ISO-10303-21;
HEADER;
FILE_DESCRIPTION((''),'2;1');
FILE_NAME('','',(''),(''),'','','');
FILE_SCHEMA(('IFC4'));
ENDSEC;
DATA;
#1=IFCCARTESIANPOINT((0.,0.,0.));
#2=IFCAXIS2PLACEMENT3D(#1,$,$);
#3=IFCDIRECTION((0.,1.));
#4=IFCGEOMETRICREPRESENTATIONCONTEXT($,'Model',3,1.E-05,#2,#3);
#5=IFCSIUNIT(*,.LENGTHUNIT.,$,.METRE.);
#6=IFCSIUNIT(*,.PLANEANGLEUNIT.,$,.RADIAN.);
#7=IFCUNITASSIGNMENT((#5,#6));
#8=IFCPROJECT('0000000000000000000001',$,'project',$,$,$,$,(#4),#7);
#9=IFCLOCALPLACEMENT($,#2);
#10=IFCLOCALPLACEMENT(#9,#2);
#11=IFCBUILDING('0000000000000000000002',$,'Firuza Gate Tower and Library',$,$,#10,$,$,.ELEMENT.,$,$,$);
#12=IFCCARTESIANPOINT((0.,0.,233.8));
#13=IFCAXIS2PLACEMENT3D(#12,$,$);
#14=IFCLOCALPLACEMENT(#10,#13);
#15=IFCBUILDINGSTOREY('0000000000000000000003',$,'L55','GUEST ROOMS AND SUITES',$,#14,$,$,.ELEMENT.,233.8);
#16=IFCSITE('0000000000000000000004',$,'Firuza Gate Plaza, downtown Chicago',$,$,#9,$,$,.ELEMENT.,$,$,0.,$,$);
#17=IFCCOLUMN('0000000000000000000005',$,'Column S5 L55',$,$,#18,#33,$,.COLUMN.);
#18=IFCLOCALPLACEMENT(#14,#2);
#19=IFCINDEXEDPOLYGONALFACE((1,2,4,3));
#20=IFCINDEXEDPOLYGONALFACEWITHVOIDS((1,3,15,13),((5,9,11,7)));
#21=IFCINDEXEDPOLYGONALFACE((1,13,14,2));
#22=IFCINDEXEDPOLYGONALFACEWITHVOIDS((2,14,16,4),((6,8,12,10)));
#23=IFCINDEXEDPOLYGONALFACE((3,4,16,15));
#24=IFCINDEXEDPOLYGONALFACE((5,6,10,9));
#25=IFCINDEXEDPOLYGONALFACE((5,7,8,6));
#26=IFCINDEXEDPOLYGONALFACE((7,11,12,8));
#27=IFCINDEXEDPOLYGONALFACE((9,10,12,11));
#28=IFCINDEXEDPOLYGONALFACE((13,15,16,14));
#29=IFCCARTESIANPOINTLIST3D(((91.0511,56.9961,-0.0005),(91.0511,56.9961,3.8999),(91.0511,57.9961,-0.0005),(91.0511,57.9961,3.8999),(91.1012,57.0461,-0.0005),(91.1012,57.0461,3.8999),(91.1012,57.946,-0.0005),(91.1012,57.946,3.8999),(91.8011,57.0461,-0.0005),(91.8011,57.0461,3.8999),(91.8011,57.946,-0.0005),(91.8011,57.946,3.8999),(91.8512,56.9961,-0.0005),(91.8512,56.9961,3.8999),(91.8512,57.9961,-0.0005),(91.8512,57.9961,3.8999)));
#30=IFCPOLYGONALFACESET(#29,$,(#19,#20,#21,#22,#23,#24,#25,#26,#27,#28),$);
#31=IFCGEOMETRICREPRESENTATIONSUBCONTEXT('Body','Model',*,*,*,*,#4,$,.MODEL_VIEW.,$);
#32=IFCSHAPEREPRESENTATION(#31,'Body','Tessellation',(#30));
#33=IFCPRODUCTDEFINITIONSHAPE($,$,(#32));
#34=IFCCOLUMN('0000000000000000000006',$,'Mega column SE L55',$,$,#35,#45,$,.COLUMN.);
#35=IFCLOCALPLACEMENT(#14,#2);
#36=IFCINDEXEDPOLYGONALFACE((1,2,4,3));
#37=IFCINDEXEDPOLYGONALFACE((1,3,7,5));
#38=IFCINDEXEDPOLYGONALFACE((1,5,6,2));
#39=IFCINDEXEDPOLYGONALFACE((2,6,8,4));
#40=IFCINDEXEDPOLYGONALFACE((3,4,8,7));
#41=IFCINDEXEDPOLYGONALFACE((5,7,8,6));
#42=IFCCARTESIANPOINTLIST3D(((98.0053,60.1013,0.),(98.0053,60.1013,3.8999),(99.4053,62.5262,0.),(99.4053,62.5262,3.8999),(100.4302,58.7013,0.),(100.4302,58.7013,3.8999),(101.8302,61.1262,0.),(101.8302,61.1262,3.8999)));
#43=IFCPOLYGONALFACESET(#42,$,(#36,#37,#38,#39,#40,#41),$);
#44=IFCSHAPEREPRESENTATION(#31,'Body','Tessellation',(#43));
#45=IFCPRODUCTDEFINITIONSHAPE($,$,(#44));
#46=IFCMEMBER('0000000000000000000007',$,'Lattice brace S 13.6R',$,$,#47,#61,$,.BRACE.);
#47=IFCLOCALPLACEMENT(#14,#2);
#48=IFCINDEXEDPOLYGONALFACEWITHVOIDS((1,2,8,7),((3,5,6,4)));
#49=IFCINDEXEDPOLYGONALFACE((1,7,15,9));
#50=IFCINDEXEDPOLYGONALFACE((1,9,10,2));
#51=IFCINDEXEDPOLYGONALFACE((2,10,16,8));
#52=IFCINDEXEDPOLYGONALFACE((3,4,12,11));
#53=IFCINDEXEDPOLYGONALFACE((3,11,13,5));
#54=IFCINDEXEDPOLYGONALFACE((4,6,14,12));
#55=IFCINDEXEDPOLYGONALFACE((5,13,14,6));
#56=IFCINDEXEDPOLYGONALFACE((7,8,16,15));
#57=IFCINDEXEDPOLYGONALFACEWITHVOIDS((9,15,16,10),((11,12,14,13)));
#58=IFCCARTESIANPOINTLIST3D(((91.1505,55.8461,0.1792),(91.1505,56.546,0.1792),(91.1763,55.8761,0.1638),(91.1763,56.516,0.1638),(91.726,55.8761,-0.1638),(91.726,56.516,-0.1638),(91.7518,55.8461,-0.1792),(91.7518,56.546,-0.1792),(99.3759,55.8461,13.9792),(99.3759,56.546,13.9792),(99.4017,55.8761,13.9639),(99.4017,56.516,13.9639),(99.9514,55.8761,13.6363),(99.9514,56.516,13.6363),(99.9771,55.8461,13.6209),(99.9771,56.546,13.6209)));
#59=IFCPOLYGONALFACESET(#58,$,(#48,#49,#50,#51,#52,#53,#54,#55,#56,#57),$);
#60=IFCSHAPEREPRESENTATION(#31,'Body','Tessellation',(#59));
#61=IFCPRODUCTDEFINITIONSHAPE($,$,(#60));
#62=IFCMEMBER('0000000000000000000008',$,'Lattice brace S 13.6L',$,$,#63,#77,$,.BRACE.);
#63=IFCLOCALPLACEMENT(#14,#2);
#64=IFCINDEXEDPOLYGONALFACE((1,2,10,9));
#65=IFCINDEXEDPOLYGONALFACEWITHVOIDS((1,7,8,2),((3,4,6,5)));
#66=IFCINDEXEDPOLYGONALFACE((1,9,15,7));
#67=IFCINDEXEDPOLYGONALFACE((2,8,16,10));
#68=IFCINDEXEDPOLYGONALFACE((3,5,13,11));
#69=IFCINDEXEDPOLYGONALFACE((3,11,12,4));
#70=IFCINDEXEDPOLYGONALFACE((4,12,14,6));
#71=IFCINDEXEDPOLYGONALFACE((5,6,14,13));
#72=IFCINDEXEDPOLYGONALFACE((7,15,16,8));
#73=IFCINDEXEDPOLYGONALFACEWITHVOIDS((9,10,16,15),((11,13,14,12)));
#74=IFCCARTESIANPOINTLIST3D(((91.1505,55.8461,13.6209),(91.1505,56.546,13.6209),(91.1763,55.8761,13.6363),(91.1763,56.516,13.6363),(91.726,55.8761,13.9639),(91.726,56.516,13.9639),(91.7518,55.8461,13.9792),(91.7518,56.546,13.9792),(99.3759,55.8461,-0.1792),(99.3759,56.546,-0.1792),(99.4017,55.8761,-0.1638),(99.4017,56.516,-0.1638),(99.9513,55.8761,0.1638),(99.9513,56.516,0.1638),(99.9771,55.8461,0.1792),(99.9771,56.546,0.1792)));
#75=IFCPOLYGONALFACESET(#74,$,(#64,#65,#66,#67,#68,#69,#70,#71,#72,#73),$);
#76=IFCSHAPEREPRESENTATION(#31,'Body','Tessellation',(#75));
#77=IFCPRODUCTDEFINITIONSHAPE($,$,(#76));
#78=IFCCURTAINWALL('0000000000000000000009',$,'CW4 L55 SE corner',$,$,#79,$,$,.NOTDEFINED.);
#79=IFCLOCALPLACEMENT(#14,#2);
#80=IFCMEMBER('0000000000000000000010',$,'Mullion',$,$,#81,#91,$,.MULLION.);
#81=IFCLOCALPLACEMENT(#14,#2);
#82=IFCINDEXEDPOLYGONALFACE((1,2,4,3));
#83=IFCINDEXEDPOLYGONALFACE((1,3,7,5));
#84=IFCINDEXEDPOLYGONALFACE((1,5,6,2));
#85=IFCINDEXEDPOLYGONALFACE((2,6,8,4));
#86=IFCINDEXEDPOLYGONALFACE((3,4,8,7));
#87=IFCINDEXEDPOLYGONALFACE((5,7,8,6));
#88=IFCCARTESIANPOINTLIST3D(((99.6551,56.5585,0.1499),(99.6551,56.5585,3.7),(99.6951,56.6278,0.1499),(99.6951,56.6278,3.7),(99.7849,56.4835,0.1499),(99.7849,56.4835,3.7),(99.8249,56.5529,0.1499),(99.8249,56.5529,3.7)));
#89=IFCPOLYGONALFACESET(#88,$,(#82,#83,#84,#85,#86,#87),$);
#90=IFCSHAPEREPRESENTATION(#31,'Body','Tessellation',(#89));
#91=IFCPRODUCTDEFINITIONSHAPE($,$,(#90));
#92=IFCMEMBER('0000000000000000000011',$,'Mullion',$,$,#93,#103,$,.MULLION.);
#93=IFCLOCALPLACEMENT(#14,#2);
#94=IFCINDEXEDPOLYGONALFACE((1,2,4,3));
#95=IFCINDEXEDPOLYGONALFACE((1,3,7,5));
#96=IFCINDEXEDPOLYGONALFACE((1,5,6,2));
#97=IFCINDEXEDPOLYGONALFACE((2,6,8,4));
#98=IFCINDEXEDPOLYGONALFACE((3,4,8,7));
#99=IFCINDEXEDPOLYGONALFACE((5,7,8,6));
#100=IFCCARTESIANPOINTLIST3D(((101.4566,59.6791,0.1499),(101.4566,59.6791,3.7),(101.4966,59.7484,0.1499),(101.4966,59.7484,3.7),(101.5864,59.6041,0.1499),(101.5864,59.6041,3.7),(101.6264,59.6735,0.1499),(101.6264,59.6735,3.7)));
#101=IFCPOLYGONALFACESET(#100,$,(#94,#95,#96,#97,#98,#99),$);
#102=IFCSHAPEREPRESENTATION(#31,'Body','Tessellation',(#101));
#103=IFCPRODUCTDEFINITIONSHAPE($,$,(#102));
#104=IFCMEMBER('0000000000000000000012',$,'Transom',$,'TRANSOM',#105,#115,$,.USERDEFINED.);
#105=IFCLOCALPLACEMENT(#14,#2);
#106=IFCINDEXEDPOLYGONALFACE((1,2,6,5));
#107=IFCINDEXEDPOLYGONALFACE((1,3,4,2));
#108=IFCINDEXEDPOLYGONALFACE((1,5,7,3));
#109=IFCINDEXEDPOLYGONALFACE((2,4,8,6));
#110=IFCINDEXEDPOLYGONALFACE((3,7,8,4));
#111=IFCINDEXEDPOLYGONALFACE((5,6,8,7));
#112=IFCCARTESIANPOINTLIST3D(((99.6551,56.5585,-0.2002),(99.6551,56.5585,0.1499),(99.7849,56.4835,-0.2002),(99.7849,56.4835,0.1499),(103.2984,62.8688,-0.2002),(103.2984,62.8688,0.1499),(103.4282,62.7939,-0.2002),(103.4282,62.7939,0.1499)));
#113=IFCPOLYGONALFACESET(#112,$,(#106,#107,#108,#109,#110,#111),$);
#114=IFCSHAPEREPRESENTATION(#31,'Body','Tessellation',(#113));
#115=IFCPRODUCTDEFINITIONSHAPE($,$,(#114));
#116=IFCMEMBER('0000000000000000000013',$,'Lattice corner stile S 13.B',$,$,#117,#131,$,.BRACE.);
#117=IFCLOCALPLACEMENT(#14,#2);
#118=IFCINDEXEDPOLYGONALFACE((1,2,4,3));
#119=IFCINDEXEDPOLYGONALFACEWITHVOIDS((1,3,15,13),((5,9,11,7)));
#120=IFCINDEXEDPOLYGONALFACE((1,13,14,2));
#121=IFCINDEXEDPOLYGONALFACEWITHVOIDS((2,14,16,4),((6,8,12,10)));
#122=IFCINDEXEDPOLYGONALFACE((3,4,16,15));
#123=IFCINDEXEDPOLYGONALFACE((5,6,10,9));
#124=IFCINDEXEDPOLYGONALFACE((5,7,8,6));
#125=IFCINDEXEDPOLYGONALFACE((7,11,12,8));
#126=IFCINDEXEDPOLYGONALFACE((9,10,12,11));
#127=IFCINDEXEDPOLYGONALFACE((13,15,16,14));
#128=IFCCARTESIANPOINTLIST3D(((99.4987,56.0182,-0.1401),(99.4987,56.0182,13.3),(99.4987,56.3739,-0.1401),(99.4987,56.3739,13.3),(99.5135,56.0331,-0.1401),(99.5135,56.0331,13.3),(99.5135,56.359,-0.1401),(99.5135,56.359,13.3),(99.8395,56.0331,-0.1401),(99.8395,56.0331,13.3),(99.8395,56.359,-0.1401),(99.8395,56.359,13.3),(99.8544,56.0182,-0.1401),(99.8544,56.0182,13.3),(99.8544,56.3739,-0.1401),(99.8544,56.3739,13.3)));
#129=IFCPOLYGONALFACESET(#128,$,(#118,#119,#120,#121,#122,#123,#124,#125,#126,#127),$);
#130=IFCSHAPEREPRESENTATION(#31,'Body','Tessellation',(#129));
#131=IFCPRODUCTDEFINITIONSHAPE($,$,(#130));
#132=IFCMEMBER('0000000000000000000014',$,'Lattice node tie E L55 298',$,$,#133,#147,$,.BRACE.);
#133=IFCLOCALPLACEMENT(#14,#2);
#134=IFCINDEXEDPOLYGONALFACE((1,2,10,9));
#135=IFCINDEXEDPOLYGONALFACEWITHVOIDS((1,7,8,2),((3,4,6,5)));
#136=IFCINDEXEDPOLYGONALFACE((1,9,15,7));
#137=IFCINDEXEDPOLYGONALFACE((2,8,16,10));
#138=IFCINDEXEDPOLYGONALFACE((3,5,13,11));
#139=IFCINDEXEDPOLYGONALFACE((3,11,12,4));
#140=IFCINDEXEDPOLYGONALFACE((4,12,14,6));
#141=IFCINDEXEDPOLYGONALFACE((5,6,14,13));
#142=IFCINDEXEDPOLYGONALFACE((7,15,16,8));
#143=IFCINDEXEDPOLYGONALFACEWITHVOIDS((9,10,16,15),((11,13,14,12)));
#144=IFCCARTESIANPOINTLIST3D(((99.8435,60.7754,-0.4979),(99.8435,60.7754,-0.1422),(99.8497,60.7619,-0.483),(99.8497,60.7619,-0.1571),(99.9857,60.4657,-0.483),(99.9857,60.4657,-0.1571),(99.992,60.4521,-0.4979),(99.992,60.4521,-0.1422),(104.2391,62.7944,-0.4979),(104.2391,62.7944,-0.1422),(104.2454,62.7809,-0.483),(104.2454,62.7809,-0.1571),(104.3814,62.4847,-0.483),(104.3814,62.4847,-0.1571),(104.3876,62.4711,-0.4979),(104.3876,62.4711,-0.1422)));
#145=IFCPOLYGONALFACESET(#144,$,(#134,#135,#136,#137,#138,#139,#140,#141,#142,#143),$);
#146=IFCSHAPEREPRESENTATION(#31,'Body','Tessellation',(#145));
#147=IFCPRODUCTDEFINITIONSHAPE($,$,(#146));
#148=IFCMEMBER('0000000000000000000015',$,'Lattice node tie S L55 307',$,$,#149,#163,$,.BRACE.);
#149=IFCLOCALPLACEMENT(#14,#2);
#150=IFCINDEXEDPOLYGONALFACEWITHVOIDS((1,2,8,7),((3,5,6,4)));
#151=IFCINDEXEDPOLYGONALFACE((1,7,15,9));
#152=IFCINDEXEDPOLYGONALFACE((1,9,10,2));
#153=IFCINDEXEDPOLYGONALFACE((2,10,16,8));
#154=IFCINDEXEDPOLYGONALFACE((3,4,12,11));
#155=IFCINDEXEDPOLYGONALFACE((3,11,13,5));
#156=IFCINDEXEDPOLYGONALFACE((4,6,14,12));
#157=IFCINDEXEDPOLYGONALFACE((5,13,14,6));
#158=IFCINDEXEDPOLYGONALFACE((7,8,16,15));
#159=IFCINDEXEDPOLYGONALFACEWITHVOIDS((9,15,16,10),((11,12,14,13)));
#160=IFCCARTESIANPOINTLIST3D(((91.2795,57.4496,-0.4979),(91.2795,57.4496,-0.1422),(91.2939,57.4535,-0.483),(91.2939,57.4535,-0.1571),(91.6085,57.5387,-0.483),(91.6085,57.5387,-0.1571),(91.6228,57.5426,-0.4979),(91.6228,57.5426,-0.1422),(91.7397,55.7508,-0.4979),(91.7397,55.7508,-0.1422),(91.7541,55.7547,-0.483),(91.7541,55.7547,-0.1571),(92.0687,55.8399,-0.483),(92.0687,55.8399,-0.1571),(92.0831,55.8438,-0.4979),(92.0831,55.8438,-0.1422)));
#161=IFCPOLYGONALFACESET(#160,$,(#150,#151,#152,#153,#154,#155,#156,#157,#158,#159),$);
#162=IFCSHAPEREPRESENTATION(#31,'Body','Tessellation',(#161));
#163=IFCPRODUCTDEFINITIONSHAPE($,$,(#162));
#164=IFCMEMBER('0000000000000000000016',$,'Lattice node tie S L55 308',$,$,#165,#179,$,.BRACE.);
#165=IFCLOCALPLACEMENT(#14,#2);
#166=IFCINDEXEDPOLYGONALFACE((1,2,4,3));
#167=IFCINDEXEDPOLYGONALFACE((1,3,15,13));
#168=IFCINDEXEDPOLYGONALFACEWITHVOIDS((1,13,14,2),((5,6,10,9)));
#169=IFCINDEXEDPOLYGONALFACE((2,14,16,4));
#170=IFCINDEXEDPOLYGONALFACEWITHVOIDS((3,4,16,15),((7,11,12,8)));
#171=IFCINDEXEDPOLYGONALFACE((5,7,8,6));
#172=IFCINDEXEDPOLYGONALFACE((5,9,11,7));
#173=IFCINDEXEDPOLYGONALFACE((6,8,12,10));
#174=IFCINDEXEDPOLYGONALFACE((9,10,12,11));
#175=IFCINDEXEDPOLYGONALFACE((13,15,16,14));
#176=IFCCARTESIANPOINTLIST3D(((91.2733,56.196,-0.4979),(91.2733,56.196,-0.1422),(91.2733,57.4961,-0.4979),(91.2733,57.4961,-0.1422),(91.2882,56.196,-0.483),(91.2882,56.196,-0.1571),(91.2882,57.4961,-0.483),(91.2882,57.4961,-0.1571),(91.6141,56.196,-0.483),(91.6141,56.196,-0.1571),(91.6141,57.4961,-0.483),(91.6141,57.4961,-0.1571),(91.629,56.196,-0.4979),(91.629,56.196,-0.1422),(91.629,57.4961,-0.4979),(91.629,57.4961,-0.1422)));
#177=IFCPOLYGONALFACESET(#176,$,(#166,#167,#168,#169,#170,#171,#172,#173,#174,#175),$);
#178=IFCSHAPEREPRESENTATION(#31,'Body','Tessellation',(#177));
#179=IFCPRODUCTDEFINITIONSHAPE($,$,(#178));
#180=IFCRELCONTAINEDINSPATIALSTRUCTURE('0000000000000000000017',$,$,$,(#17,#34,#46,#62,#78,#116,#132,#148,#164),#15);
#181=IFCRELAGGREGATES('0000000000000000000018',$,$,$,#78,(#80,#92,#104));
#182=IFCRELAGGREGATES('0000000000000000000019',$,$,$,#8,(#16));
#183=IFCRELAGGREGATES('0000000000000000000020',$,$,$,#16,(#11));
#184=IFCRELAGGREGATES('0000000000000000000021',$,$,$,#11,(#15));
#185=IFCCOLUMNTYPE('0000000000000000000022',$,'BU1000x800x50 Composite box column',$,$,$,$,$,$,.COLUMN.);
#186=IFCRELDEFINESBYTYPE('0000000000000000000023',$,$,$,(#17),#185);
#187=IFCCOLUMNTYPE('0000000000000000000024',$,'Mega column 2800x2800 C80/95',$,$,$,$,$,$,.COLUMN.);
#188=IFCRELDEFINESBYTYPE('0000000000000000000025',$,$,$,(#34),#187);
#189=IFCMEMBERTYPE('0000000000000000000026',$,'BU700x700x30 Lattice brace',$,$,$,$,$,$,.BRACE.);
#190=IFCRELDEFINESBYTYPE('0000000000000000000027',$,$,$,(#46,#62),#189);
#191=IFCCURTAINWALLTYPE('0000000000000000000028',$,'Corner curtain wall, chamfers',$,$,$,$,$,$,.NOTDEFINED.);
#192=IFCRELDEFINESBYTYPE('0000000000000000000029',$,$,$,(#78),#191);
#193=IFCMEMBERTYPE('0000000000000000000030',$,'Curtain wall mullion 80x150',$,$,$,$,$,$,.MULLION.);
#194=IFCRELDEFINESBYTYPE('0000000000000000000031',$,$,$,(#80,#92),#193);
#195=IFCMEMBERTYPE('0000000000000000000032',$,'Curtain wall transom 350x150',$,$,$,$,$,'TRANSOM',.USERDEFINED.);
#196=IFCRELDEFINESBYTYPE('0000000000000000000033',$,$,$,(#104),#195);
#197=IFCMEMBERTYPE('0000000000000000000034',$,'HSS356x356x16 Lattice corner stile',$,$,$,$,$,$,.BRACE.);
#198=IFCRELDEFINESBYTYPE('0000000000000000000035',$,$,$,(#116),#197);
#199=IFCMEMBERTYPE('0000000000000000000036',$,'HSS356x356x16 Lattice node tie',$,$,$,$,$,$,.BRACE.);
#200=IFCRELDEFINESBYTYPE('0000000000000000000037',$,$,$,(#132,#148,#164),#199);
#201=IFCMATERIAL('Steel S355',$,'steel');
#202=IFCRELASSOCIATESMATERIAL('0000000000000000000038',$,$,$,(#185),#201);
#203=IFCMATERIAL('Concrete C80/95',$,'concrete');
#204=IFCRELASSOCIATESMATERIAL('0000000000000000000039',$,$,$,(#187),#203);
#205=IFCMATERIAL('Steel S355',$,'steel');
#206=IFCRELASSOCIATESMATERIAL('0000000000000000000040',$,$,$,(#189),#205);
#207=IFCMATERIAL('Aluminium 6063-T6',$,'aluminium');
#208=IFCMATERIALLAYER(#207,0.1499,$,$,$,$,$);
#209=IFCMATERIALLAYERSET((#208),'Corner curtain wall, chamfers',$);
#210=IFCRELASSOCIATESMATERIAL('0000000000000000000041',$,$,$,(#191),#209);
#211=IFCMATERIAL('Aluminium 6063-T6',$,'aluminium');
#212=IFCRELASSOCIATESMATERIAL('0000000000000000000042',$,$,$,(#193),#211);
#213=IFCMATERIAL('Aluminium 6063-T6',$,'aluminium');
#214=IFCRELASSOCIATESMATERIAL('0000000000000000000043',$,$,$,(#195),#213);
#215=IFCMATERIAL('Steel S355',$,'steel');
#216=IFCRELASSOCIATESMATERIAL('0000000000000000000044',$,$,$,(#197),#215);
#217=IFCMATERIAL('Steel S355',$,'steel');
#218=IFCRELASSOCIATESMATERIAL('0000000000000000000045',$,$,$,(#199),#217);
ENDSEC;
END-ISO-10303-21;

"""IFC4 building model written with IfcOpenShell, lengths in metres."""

from ifc_helpers import new_model, si_unit, direction, frame, origin, origin_2d, place, context, subcontext, project, spatial, rectangle, hollow_rectangle, extrude, material, layer, layer_set, material_profile, profile_set, type_object, element, aggregate, save


model = new_model("IFC4")

# Units and contexts
model_context = context("Model", 3, precision=1e-05, world=origin(), true_north=direction((0.0, 1.0)))
body_context = subcontext(model_context, "Body", "Model", "MODEL_VIEW")
ifc_project = project(units=[si_unit("LENGTHUNIT", "METRE"), si_unit("PLANEANGLEUNIT", "RADIAN")], contexts=[model_context])

# Site, building, storey
site_placement = place(None, origin())
site = spatial("IfcSite", under=ifc_project, at=site_placement, Name="Firuza Gate Plaza, downtown Chicago", CompositionType="ELEMENT", RefElevation=0.0)
building_placement = place(site_placement, origin())
building = spatial("IfcBuilding", under=site, at=building_placement, Name="Firuza Gate Tower and Library", CompositionType="ELEMENT")
storey_placement = place(building_placement, frame((0.0, 0.0, 233.8)))
storey = spatial("IfcBuildingStorey", under=building, at=storey_placement, Name="L55", Description="GUEST ROOMS AND SUITES", CompositionType="ELEMENT", Elevation=233.8)

# Columns
ifc_material_1 = material(Name="Steel S355", Category="steel")
ifc_material_profile_1 = material_profile(ifc_material_1, hollow_rectangle(XDim=0.8, YDim=1.0, WallThickness=0.05, at=origin_2d()))
ifc_profile_set_1 = profile_set([ifc_material_profile_1], Name="Steel S355")
column_type_1 = type_object("IfcColumnType", Name="BU1000x800x50 Composite box column", PredefinedType="COLUMN", material=ifc_profile_set_1)
column_1_placement = place(storey_placement, frame((91.4512, 57.4961, -0.0005), z_axis=(0.0, 0.0, 1.0), x_axis=(1.0, 0.0, 0.0)))
element("IfcColumn", 1, at=column_1_placement, inside=storey, type_object=column_type_1, Name="Column S5 L55", PredefinedType="COLUMN", context=body_context, shape_type="SweptSolid", body=[
    extrude(hollow_rectangle(XDim=0.8, YDim=1.0, WallThickness=0.05, at=origin_2d()), origin(), (0.0, 0.0, 1.0), 3.9004),
])
ifc_material_2 = material(Name="Concrete C80/95", Category="concrete")
ifc_material_profile_2 = material_profile(ifc_material_2, rectangle(XDim=2.8, YDim=2.8, at=origin_2d()))
ifc_profile_set_2 = profile_set([ifc_material_profile_2], Name="Concrete C80/95")
column_type_2 = type_object("IfcColumnType", Name="Mega column 2800x2800 C80/95", PredefinedType="COLUMN", material=ifc_profile_set_2)
column_2_placement = place(storey_placement, frame((99.9177, 60.6138, 0.0), z_axis=(0.0, 0.0, 1.0), x_axis=(0.5, 0.866025, 0.0)))
element("IfcColumn", 2, at=column_2_placement, inside=storey, type_object=column_type_2, Name="Mega column SE L55", PredefinedType="COLUMN", context=body_context, shape_type="SweptSolid", body=[
    extrude(rectangle(XDim=2.8, YDim=2.8, at=origin_2d()), origin(), (0.0, 0.0, 1.0), 3.8999),
])

# Members
ifc_material_3 = material(Name="Steel S355", Category="steel")
ifc_material_profile_3 = material_profile(ifc_material_3, hollow_rectangle(XDim=0.7, YDim=0.7, WallThickness=0.03, at=origin_2d()))
ifc_profile_set_3 = profile_set([ifc_material_profile_3], Name="Steel S355")
member_type_1 = type_object("IfcMemberType", Name="BU700x700x30 Lattice brace", PredefinedType="BRACE", material=ifc_profile_set_3)
for number, where, z_axis, x_axis, name in (
    (3, (91.4512, 56.196, 0.0), (0.511991, 0.0, 0.858991), (0.0, 1.0, 0.0), "Lattice brace S 13.6R"),
    (4, (99.6765, 56.196, 0.0), (-0.511991, 0.0, 0.858991), (0.0, -1.0, 0.0), "Lattice brace S 13.6L"),
):
    element("IfcMember", number, at=place(storey_placement, frame(where, z_axis=z_axis, x_axis=x_axis)), inside=storey, type_object=member_type_1, Name=name, PredefinedType="BRACE", context=body_context, shape_type="SweptSolid", body=[
        extrude(hollow_rectangle(XDim=0.7, YDim=0.7, WallThickness=0.03, at=origin_2d()), origin(), (0.0, 0.0, 1.0), 16.0654),
    ])

# Curtain wall, members
ifc_material_4 = material(Name="Aluminium 6063-T6", Category="aluminium")
ifc_layer_1 = layer(ifc_material_4, 0.1499)
ifc_layer_set_1 = layer_set([ifc_layer_1], Name="Corner curtain wall, chamfers")
curtain_wall_type = type_object("IfcCurtainWallType", Name="Corner curtain wall, chamfers", PredefinedType="NOTDEFINED", material=ifc_layer_set_1)
curtain_wall_placement = place(storey_placement, origin())
curtain_wall = element("IfcCurtainWall", 5, at=curtain_wall_placement, inside=storey, type_object=curtain_wall_type, Name="CW4 L55 SE corner", PredefinedType="NOTDEFINED")
ifc_material_5 = material(Name="Aluminium 6063-T6", Category="aluminium")
ifc_material_profile_4 = material_profile(ifc_material_5, rectangle(XDim=0.1499, YDim=0.0801, at=origin_2d()))
ifc_profile_set_4 = profile_set([ifc_material_profile_4], Name="Aluminium 6063-T6")
member_type_2 = type_object("IfcMemberType", Name="Curtain wall mullion 80x150", PredefinedType="MULLION", material=ifc_profile_set_4)
member_1_placement = place(storey_placement, frame((99.74, 56.5557, 0.1499), z_axis=(0.0, 0.0, 1.0), x_axis=(-0.866025, 0.5, 0.0)))
member_1 = element("IfcMember", 6, at=member_1_placement, type_object=member_type_2, Name="Mullion", PredefinedType="MULLION", context=body_context, shape_type="SweptSolid", body=[
    extrude(rectangle(XDim=0.1499, YDim=0.0801, at=origin_2d()), origin(), (0.0, 0.0, 1.0), 3.55),
])
member_2_placement = place(storey_placement, frame((101.5415, 59.6763, 0.1499), z_axis=(0.0, 0.0, 1.0), x_axis=(-0.866025, 0.5, 0.0)))
member_2 = element("IfcMember", 7, at=member_2_placement, type_object=member_type_2, Name="Mullion", PredefinedType="MULLION", context=body_context, shape_type="SweptSolid", body=[
    extrude(rectangle(XDim=0.1499, YDim=0.0801, at=origin_2d()), origin(), (0.0, 0.0, 1.0), 3.55),
])
ifc_material_6 = material(Name="Aluminium 6063-T6", Category="aluminium")
ifc_material_profile_5 = material_profile(ifc_material_6, rectangle(XDim=0.1499, YDim=0.3501, at=origin_2d()))
ifc_profile_set_5 = profile_set([ifc_material_profile_5], Name="Aluminium 6063-T6")
member_type_3 = type_object("IfcMemberType", Name="Curtain wall transom 350x150", ElementType="TRANSOM", PredefinedType="USERDEFINED", material=ifc_profile_set_5)
member_3_placement = place(storey_placement, frame((99.72, 56.521, -0.0251), z_axis=(0.500006, 0.866022, 0.0), x_axis=(-0.866022, 0.500006, 0.0)))
member_3 = element("IfcMember", 8, at=member_3_placement, type_object=member_type_3, Name="Transom", ObjectType="TRANSOM", PredefinedType="USERDEFINED", context=body_context, shape_type="SweptSolid", body=[
    extrude(rectangle(XDim=0.1499, YDim=0.3501, at=origin_2d()), origin(), (0.0, 0.0, 1.0), 7.2866),
])

# Members
ifc_material_7 = material(Name="Steel S355", Category="steel")
ifc_material_profile_6 = material_profile(ifc_material_7, hollow_rectangle(XDim=0.3557, YDim=0.3557, WallThickness=0.0149, at=origin_2d()))
ifc_profile_set_6 = profile_set([ifc_material_profile_6], Name="Steel S355")
member_type_4 = type_object("IfcMemberType", Name="HSS356x356x16 Lattice corner stile", PredefinedType="BRACE", material=ifc_profile_set_6)
member_4_placement = place(storey_placement, frame((99.6765, 56.196, -0.1401), z_axis=(0.0, 0.0, 1.0), x_axis=(1.0, 0.0, 0.0)))
element("IfcMember", 9, at=member_4_placement, inside=storey, type_object=member_type_4, Name="Lattice corner stile S 13.B", PredefinedType="BRACE", context=body_context, shape_type="SweptSolid", body=[
    extrude(hollow_rectangle(XDim=0.3557, YDim=0.3557, WallThickness=0.0149, at=origin_2d()), origin(), (0.0, 0.0, 1.0), 13.4402),
])
ifc_material_8 = material(Name="Steel S355", Category="steel")
ifc_material_profile_7 = material_profile(ifc_material_8, hollow_rectangle(XDim=0.3557, YDim=0.3557, WallThickness=0.0149, at=origin_2d()))
ifc_profile_set_7 = profile_set([ifc_material_profile_7], Name="Steel S355")
member_type_5 = type_object("IfcMemberType", Name="HSS356x356x16 Lattice node tie", PredefinedType="BRACE", material=ifc_profile_set_7)
member_5_placement = place(storey_placement, frame((99.9177, 60.6138, -0.3201), z_axis=(0.908726, 0.417393, 0.0), x_axis=(-0.417393, 0.908726, 0.0)))
element("IfcMember", 10, at=member_5_placement, inside=storey, type_object=member_type_5, Name="Lattice node tie E L55 298", PredefinedType="BRACE", context=body_context, shape_type="SweptSolid", body=[
    extrude(hollow_rectangle(XDim=0.3557, YDim=0.3557, WallThickness=0.0149, at=origin_2d()), origin(), (0.0, 0.0, 1.0), 4.8372),
])
member_6_placement = place(storey_placement, frame((91.4512, 57.4961, -0.3201), z_axis=(0.261485, -0.965207, 0.0), x_axis=(0.965207, 0.261485, 0.0)))
element("IfcMember", 11, at=member_6_placement, inside=storey, type_object=member_type_5, Name="Lattice node tie S L55 307", PredefinedType="BRACE", context=body_context, shape_type="SweptSolid", body=[
    extrude(hollow_rectangle(XDim=0.3557, YDim=0.3557, WallThickness=0.0149, at=origin_2d()), origin(), (0.0, 0.0, 1.0), 1.76),
])
member_7_placement = place(storey_placement, frame((91.4512, 57.4961, -0.3201), z_axis=(0.0, -1.0, 0.0), x_axis=(1.0, 0.0, 0.0)))
element("IfcMember", 12, at=member_7_placement, inside=storey, type_object=member_type_5, Name="Lattice node tie S L55 308", PredefinedType="BRACE", context=body_context, shape_type="SweptSolid", body=[
    extrude(hollow_rectangle(XDim=0.3557, YDim=0.3557, WallThickness=0.0149, at=origin_2d()), origin(), (0.0, 0.0, 1.0), 1.3),
])

aggregate(curtain_wall, [member_1, member_2, member_3])

save(model, "model.ifc")
